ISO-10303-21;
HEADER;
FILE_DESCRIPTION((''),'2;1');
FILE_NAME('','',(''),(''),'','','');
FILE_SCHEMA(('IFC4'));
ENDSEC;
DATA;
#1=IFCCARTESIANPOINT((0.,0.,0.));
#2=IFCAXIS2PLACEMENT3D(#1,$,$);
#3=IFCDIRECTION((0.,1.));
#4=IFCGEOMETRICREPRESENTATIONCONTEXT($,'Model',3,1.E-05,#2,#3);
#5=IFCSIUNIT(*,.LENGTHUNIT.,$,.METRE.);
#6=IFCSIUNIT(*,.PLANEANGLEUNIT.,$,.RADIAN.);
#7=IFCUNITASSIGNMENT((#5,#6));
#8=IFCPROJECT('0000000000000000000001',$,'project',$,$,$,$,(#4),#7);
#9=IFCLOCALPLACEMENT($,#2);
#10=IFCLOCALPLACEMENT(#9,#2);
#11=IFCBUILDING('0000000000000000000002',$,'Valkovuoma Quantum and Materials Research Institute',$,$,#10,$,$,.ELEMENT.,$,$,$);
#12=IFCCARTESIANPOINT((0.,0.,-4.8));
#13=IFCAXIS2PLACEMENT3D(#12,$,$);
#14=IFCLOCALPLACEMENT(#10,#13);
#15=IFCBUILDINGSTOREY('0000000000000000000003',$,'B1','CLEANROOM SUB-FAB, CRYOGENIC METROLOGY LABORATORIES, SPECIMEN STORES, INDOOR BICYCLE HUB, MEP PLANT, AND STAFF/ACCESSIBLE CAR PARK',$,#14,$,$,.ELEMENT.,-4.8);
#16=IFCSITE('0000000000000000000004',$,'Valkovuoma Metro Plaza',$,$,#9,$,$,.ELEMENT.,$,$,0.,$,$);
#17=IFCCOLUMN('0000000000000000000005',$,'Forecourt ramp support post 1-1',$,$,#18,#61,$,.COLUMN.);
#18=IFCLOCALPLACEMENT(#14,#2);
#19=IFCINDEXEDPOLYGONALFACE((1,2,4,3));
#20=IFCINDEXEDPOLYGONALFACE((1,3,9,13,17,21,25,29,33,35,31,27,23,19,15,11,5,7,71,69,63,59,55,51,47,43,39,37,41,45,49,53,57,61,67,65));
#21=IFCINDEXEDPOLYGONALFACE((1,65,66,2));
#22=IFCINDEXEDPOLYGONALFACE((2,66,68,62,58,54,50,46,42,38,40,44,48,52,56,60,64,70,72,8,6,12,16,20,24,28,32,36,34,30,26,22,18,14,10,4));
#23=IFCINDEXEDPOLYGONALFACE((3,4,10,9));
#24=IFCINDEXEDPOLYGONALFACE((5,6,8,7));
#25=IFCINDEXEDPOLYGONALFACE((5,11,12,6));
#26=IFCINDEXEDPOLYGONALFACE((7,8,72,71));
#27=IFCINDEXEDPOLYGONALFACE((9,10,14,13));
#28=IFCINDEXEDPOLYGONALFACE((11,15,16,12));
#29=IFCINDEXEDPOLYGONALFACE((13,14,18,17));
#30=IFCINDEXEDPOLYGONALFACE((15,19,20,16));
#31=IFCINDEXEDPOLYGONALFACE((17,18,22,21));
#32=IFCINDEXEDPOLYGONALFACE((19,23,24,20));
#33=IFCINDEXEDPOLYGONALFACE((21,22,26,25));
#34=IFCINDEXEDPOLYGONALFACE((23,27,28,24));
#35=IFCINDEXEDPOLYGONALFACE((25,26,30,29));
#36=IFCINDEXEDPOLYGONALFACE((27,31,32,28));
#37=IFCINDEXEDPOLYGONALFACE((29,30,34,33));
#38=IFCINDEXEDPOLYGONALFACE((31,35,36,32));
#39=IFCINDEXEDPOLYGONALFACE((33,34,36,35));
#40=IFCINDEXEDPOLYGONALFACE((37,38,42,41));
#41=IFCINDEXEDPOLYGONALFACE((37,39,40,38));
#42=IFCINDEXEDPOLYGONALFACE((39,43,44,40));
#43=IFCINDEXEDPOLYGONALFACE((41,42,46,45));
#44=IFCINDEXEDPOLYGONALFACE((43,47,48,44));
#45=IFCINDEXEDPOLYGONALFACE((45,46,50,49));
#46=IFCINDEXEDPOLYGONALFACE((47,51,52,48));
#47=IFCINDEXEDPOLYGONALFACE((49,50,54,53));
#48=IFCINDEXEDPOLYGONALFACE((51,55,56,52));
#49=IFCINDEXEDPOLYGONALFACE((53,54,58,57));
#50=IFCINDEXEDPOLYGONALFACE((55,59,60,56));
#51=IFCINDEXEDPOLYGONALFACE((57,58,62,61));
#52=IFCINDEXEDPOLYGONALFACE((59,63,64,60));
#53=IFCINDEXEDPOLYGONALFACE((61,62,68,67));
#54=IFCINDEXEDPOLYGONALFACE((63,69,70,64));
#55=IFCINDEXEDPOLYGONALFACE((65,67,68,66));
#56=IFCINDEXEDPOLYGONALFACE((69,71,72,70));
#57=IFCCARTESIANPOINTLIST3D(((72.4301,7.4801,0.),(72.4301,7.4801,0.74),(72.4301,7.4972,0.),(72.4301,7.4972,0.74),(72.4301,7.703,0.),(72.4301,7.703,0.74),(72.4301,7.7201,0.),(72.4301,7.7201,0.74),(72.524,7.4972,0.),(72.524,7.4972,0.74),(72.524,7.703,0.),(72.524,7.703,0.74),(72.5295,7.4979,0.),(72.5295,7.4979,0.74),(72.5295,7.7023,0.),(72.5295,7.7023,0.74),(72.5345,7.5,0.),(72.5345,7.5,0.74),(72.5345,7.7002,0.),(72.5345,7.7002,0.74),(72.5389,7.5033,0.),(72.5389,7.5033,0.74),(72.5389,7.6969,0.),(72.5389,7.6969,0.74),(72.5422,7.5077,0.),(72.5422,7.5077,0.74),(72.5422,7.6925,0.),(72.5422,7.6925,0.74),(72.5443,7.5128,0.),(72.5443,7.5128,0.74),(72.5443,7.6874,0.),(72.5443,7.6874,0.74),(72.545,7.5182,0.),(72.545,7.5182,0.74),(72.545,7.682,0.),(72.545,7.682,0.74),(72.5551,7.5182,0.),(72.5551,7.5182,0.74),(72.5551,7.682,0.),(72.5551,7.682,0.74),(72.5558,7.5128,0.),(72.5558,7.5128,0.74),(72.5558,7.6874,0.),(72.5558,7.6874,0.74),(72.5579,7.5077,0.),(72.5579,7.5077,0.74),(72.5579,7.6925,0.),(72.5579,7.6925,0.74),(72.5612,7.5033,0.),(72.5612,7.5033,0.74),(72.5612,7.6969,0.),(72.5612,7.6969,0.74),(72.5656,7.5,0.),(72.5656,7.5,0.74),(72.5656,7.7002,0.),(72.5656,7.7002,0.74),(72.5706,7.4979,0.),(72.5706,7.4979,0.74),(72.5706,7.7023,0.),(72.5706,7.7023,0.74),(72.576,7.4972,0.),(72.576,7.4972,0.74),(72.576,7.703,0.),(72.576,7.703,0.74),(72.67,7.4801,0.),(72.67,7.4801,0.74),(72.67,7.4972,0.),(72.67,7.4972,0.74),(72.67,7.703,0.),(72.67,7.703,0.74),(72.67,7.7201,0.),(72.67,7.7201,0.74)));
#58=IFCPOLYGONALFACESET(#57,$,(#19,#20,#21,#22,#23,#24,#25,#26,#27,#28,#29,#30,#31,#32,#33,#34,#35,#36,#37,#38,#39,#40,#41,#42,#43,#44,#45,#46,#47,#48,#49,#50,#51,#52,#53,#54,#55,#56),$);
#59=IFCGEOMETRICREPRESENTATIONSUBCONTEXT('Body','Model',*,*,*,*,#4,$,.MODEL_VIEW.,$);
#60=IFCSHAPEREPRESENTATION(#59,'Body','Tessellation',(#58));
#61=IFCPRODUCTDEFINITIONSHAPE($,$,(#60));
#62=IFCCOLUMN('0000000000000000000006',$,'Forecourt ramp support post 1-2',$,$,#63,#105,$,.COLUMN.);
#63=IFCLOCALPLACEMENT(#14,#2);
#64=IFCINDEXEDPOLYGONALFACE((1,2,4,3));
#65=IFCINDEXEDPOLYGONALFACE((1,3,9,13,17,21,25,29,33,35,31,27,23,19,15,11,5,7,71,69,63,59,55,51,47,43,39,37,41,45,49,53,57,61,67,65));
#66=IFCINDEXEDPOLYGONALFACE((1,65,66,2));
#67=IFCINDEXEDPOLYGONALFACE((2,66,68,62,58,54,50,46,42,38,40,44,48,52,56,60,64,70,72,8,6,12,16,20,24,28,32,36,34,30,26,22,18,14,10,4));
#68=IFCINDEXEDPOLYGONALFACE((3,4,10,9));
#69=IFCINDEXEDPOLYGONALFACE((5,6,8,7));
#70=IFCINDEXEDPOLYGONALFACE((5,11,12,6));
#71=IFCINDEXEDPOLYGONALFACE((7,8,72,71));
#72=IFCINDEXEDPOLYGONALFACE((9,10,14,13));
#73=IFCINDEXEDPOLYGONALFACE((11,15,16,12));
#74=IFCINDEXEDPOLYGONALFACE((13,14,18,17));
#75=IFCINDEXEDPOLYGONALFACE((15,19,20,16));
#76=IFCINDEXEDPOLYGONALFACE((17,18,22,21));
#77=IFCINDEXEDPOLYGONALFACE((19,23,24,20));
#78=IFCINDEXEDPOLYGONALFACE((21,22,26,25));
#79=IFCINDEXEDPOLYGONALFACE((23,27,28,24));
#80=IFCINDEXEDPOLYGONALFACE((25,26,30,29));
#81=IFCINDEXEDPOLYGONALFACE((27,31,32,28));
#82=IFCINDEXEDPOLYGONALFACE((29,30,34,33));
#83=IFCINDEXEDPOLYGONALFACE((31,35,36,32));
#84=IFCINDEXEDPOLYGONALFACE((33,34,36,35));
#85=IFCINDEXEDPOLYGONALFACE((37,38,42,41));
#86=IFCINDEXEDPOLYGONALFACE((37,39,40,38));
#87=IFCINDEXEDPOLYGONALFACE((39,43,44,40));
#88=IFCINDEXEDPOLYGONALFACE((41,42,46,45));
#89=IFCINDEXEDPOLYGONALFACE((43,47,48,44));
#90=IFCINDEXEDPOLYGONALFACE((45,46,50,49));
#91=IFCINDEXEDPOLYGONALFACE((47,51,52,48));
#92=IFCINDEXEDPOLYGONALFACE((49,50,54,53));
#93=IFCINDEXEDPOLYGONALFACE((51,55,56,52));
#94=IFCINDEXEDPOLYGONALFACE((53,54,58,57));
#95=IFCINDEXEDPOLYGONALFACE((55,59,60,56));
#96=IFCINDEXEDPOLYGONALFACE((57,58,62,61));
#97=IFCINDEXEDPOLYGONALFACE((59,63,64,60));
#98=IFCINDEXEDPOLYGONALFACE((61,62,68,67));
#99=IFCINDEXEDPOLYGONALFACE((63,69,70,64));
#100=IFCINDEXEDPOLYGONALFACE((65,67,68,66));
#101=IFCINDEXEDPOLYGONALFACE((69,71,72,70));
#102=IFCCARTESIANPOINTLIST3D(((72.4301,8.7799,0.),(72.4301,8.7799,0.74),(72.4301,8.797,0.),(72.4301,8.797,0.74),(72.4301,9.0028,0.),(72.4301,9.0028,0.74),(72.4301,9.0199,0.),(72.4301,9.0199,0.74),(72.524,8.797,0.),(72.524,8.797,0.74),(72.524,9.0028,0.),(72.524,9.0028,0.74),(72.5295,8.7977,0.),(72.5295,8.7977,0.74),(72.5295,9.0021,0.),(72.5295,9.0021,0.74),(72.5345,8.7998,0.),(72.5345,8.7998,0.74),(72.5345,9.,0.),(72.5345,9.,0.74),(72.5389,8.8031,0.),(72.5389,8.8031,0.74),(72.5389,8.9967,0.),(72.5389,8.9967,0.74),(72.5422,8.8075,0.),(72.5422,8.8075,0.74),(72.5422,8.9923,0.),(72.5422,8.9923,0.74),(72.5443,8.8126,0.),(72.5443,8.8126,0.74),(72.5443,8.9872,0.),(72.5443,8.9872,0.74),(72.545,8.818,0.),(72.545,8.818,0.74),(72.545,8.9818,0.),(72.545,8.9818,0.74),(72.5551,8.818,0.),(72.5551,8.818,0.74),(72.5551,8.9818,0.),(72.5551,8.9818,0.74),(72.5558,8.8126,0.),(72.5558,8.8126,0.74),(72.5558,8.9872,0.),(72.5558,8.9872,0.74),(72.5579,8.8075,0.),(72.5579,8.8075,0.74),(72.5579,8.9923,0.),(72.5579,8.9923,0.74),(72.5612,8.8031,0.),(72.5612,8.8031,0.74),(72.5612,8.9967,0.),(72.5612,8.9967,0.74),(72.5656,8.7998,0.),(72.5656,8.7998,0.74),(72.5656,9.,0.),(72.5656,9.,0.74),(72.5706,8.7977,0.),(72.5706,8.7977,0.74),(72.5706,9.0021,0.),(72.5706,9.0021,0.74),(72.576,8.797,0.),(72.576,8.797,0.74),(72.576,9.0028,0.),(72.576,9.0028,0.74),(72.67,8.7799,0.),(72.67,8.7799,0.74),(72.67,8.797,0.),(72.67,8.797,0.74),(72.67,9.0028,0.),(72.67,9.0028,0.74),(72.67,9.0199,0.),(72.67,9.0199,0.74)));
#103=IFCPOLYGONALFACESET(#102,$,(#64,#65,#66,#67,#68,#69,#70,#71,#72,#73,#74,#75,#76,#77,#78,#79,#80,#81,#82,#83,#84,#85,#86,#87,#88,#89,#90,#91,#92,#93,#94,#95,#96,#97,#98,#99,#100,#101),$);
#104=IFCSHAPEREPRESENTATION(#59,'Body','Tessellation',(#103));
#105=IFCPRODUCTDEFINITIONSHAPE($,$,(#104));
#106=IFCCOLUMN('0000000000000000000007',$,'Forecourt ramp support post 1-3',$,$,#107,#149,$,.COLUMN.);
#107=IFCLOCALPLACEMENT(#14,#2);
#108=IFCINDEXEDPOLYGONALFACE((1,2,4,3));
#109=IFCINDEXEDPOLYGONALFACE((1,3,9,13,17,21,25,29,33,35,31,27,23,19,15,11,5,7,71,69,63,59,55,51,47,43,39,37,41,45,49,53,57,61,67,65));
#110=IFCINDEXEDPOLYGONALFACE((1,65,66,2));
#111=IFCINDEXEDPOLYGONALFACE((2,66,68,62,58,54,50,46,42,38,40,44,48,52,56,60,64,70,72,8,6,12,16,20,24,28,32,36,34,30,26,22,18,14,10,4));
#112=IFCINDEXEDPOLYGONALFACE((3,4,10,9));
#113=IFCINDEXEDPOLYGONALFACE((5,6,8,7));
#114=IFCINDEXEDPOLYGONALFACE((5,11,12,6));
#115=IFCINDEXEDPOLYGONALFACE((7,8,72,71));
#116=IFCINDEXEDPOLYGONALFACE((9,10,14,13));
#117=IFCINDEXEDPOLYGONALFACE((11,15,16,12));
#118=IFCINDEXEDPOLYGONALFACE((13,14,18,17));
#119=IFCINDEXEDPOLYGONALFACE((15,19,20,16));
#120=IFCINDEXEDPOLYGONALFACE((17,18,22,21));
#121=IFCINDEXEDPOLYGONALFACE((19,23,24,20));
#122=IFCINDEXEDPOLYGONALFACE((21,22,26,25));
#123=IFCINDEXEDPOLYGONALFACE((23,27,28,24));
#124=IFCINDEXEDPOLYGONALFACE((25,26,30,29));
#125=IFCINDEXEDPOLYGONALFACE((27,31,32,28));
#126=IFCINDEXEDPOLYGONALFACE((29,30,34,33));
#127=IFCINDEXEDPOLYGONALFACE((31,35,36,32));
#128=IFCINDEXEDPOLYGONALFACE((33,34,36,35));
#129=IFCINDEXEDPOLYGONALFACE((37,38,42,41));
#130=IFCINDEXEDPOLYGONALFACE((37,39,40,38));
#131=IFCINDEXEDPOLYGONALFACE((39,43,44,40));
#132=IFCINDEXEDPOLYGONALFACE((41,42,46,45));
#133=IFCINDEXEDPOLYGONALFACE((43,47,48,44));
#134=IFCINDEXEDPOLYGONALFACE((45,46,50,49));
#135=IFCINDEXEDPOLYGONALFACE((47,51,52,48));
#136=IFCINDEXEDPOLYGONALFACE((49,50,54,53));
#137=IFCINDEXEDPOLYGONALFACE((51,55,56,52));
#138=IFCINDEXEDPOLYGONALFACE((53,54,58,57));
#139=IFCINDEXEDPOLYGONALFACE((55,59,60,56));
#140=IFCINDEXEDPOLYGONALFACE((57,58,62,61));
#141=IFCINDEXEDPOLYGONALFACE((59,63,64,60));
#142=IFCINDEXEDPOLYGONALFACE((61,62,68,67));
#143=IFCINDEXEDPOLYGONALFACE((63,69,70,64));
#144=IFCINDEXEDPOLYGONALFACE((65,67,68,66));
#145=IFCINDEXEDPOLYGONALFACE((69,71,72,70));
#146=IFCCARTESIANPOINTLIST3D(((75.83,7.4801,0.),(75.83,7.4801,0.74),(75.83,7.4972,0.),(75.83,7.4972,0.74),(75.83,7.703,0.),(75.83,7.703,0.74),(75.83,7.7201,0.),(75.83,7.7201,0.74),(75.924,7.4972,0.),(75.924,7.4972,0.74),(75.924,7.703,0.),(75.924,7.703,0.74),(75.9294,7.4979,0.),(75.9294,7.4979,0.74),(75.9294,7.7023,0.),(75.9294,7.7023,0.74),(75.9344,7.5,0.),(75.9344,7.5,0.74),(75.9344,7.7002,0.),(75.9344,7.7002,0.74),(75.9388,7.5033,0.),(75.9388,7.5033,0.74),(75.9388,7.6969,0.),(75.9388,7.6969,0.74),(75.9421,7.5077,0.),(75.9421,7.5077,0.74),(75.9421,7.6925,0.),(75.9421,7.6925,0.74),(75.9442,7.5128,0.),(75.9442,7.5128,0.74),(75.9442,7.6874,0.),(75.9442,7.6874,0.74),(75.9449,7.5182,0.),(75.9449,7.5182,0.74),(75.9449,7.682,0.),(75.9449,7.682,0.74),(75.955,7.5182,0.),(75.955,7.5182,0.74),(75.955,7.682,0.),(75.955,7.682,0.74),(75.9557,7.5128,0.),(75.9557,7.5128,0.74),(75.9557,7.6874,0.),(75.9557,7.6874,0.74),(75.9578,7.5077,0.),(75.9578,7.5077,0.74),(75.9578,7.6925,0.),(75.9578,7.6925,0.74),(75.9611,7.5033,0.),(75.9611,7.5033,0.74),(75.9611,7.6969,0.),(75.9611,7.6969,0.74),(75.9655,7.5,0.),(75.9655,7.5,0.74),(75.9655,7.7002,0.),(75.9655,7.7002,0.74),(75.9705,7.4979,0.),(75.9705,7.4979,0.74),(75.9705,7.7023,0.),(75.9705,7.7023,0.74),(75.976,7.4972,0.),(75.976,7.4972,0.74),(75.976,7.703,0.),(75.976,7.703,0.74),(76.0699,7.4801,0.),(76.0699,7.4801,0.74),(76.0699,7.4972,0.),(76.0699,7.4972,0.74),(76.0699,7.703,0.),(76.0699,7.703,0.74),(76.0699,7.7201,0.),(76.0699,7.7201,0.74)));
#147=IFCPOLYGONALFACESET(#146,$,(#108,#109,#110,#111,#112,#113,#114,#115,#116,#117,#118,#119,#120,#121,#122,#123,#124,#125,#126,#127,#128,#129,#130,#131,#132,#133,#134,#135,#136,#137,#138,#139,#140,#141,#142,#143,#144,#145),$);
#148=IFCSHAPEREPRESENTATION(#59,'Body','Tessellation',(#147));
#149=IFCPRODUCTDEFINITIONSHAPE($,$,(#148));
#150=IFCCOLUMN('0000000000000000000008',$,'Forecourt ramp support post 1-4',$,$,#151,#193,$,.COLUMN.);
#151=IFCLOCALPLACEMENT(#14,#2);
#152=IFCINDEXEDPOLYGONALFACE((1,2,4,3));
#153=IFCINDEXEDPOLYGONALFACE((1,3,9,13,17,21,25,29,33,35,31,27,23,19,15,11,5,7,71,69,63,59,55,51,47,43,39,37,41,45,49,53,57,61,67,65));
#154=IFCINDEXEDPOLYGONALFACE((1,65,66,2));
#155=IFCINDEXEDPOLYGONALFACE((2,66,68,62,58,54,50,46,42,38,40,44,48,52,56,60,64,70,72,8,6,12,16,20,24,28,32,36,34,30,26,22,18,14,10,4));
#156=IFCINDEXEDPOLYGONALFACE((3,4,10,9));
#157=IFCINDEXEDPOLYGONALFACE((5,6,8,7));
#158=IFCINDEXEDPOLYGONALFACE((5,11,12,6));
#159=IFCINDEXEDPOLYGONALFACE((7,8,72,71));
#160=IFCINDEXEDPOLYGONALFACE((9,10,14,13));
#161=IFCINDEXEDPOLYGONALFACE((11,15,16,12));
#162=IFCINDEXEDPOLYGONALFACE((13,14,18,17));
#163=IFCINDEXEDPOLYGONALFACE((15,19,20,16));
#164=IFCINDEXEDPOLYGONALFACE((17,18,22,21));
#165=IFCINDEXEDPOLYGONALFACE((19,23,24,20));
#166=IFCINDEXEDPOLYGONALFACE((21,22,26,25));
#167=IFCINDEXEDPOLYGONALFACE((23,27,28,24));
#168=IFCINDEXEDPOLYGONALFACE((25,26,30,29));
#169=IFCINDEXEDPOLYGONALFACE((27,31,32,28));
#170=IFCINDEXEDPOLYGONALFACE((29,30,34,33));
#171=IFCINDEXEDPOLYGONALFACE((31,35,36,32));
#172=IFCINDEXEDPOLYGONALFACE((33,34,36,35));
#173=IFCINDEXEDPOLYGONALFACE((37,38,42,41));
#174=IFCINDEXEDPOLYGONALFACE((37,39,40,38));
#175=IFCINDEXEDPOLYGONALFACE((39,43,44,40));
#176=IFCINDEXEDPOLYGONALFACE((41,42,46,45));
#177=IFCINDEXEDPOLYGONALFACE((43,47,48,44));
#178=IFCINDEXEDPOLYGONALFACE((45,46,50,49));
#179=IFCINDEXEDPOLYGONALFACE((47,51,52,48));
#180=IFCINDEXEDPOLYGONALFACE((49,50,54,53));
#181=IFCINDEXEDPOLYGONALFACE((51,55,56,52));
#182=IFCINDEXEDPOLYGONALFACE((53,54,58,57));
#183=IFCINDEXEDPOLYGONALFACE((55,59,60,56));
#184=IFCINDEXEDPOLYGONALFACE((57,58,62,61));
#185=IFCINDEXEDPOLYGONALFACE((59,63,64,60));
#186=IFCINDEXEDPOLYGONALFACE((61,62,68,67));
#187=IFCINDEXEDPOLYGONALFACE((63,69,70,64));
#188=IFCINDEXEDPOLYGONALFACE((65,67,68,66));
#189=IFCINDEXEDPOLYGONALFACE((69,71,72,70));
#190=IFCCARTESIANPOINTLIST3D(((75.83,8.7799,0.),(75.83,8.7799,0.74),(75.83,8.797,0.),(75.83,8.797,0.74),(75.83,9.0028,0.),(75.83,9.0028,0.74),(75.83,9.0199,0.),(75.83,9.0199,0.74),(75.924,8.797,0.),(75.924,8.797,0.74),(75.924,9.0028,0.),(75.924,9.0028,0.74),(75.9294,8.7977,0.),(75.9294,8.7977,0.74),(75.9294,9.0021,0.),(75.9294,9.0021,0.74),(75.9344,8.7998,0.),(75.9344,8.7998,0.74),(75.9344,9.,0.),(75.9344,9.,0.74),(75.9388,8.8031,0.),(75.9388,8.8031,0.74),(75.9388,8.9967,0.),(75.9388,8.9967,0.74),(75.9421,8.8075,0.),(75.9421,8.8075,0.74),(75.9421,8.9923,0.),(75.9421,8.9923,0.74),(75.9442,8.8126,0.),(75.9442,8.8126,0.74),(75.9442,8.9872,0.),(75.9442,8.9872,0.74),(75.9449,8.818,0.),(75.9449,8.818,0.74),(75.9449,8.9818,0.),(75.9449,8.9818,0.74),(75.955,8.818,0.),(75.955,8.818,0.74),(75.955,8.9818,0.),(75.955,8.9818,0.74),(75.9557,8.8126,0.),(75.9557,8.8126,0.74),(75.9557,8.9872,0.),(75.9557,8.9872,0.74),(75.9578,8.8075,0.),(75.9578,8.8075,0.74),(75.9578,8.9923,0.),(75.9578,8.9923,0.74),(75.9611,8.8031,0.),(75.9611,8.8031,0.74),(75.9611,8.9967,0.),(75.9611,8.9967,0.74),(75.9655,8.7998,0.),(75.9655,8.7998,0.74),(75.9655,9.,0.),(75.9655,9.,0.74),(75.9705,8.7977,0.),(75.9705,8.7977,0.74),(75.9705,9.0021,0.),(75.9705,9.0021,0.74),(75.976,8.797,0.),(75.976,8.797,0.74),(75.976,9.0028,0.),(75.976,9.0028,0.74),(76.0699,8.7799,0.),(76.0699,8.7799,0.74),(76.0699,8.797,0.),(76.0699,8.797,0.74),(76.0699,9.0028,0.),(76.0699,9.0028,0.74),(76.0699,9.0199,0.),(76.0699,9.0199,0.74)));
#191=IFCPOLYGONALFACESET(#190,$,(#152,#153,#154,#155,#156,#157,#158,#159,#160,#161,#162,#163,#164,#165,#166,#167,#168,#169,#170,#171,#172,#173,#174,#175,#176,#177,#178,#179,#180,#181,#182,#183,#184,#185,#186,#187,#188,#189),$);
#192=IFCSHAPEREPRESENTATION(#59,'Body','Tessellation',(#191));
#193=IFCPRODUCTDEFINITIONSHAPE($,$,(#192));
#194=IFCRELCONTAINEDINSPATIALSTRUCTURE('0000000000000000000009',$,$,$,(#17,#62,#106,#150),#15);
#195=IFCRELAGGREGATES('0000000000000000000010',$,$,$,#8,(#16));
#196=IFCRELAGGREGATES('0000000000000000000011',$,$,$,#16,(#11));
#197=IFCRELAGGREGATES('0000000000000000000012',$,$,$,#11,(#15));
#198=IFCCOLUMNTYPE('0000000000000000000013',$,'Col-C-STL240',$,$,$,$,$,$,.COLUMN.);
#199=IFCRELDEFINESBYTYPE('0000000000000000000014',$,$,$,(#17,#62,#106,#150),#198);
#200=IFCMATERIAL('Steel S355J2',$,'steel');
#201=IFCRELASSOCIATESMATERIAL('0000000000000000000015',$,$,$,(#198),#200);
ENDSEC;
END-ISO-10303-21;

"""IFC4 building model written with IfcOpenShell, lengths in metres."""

from ifc_helpers import new_model, si_unit, direction, frame, origin, origin_2d, place, context, subcontext, project, spatial, i_section, extrude, material, material_profile, profile_set, type_object, element, save


model = new_model("IFC4")

# Units and contexts
model_context = context("Model", 3, precision=1e-05, world=origin(), true_north=direction((0.0, 1.0)))
body_context = subcontext(model_context, "Body", "Model", "MODEL_VIEW")
ifc_project = project(units=[si_unit("LENGTHUNIT", "METRE"), si_unit("PLANEANGLEUNIT", "RADIAN")], contexts=[model_context])

# Site, building, storey
site_placement = place(None, origin())
site = spatial("IfcSite", under=ifc_project, at=site_placement, Name="Valkovuoma Metro Plaza", CompositionType="ELEMENT", RefElevation=0.0)
building_placement = place(site_placement, origin())
building = spatial("IfcBuilding", under=site, at=building_placement, Name="Valkovuoma Quantum and Materials Research Institute", CompositionType="ELEMENT")
storey_placement = place(building_placement, frame((0.0, 0.0, -4.8)))
storey = spatial("IfcBuildingStorey", under=building, at=storey_placement, Name="B1", Description="CLEANROOM SUB-FAB, CRYOGENIC METROLOGY LABORATORIES, SPECIMEN STORES, INDOOR BICYCLE HUB, MEP PLANT, AND STAFF/ACCESSIBLE CAR PARK", CompositionType="ELEMENT", Elevation=-4.8)

# Columns
ifc_material_1 = material(Name="Steel S355J2", Category="steel")
ifc_material_profile_1 = material_profile(ifc_material_1, i_section(OverallWidth=0.24, OverallDepth=0.24, WebThickness=0.01, FlangeThickness=0.0171, FilletRadius=0.021, at=origin_2d()), Name="Steel S355J2")
ifc_profile_set_1 = profile_set([ifc_material_profile_1], Name="Steel S355J2")
column_type_1 = type_object("IfcColumnType", Name="Col-C-STL240", PredefinedType="COLUMN", material=ifc_profile_set_1)
for number, where, z_axis, x_axis, name in (
    (1, (72.55, 7.6001, 0.0), (0.0, 0.0, 1.0), (1.0, 0.0, 0.0), "Forecourt ramp support post 1-1"),
    (2, (72.55, 8.8999, 0.0), (0.0, 0.0, 1.0), (1.0, 0.0, 0.0), "Forecourt ramp support post 1-2"),
    (3, (75.95, 7.6001, 0.0), (0.0, 0.0, 1.0), (1.0, 0.0, 0.0), "Forecourt ramp support post 1-3"),
    (4, (75.95, 8.8999, 0.0), (0.0, 0.0, 1.0), (1.0, 0.0, 0.0), "Forecourt ramp support post 1-4"),
):
    element("IfcColumn", number, at=place(storey_placement, frame(where, z_axis=z_axis, x_axis=x_axis)), inside=storey, type_object=column_type_1, Name=name, PredefinedType="COLUMN", context=body_context, shape_type="SweptSolid", body=[
        extrude(i_section(OverallWidth=0.24, OverallDepth=0.24, WebThickness=0.01, FlangeThickness=0.0171, FilletRadius=0.021, at=origin_2d()), origin(), (0.0, 0.0, 1.0), 0.74),
    ])

save(model, "model.ifc")
